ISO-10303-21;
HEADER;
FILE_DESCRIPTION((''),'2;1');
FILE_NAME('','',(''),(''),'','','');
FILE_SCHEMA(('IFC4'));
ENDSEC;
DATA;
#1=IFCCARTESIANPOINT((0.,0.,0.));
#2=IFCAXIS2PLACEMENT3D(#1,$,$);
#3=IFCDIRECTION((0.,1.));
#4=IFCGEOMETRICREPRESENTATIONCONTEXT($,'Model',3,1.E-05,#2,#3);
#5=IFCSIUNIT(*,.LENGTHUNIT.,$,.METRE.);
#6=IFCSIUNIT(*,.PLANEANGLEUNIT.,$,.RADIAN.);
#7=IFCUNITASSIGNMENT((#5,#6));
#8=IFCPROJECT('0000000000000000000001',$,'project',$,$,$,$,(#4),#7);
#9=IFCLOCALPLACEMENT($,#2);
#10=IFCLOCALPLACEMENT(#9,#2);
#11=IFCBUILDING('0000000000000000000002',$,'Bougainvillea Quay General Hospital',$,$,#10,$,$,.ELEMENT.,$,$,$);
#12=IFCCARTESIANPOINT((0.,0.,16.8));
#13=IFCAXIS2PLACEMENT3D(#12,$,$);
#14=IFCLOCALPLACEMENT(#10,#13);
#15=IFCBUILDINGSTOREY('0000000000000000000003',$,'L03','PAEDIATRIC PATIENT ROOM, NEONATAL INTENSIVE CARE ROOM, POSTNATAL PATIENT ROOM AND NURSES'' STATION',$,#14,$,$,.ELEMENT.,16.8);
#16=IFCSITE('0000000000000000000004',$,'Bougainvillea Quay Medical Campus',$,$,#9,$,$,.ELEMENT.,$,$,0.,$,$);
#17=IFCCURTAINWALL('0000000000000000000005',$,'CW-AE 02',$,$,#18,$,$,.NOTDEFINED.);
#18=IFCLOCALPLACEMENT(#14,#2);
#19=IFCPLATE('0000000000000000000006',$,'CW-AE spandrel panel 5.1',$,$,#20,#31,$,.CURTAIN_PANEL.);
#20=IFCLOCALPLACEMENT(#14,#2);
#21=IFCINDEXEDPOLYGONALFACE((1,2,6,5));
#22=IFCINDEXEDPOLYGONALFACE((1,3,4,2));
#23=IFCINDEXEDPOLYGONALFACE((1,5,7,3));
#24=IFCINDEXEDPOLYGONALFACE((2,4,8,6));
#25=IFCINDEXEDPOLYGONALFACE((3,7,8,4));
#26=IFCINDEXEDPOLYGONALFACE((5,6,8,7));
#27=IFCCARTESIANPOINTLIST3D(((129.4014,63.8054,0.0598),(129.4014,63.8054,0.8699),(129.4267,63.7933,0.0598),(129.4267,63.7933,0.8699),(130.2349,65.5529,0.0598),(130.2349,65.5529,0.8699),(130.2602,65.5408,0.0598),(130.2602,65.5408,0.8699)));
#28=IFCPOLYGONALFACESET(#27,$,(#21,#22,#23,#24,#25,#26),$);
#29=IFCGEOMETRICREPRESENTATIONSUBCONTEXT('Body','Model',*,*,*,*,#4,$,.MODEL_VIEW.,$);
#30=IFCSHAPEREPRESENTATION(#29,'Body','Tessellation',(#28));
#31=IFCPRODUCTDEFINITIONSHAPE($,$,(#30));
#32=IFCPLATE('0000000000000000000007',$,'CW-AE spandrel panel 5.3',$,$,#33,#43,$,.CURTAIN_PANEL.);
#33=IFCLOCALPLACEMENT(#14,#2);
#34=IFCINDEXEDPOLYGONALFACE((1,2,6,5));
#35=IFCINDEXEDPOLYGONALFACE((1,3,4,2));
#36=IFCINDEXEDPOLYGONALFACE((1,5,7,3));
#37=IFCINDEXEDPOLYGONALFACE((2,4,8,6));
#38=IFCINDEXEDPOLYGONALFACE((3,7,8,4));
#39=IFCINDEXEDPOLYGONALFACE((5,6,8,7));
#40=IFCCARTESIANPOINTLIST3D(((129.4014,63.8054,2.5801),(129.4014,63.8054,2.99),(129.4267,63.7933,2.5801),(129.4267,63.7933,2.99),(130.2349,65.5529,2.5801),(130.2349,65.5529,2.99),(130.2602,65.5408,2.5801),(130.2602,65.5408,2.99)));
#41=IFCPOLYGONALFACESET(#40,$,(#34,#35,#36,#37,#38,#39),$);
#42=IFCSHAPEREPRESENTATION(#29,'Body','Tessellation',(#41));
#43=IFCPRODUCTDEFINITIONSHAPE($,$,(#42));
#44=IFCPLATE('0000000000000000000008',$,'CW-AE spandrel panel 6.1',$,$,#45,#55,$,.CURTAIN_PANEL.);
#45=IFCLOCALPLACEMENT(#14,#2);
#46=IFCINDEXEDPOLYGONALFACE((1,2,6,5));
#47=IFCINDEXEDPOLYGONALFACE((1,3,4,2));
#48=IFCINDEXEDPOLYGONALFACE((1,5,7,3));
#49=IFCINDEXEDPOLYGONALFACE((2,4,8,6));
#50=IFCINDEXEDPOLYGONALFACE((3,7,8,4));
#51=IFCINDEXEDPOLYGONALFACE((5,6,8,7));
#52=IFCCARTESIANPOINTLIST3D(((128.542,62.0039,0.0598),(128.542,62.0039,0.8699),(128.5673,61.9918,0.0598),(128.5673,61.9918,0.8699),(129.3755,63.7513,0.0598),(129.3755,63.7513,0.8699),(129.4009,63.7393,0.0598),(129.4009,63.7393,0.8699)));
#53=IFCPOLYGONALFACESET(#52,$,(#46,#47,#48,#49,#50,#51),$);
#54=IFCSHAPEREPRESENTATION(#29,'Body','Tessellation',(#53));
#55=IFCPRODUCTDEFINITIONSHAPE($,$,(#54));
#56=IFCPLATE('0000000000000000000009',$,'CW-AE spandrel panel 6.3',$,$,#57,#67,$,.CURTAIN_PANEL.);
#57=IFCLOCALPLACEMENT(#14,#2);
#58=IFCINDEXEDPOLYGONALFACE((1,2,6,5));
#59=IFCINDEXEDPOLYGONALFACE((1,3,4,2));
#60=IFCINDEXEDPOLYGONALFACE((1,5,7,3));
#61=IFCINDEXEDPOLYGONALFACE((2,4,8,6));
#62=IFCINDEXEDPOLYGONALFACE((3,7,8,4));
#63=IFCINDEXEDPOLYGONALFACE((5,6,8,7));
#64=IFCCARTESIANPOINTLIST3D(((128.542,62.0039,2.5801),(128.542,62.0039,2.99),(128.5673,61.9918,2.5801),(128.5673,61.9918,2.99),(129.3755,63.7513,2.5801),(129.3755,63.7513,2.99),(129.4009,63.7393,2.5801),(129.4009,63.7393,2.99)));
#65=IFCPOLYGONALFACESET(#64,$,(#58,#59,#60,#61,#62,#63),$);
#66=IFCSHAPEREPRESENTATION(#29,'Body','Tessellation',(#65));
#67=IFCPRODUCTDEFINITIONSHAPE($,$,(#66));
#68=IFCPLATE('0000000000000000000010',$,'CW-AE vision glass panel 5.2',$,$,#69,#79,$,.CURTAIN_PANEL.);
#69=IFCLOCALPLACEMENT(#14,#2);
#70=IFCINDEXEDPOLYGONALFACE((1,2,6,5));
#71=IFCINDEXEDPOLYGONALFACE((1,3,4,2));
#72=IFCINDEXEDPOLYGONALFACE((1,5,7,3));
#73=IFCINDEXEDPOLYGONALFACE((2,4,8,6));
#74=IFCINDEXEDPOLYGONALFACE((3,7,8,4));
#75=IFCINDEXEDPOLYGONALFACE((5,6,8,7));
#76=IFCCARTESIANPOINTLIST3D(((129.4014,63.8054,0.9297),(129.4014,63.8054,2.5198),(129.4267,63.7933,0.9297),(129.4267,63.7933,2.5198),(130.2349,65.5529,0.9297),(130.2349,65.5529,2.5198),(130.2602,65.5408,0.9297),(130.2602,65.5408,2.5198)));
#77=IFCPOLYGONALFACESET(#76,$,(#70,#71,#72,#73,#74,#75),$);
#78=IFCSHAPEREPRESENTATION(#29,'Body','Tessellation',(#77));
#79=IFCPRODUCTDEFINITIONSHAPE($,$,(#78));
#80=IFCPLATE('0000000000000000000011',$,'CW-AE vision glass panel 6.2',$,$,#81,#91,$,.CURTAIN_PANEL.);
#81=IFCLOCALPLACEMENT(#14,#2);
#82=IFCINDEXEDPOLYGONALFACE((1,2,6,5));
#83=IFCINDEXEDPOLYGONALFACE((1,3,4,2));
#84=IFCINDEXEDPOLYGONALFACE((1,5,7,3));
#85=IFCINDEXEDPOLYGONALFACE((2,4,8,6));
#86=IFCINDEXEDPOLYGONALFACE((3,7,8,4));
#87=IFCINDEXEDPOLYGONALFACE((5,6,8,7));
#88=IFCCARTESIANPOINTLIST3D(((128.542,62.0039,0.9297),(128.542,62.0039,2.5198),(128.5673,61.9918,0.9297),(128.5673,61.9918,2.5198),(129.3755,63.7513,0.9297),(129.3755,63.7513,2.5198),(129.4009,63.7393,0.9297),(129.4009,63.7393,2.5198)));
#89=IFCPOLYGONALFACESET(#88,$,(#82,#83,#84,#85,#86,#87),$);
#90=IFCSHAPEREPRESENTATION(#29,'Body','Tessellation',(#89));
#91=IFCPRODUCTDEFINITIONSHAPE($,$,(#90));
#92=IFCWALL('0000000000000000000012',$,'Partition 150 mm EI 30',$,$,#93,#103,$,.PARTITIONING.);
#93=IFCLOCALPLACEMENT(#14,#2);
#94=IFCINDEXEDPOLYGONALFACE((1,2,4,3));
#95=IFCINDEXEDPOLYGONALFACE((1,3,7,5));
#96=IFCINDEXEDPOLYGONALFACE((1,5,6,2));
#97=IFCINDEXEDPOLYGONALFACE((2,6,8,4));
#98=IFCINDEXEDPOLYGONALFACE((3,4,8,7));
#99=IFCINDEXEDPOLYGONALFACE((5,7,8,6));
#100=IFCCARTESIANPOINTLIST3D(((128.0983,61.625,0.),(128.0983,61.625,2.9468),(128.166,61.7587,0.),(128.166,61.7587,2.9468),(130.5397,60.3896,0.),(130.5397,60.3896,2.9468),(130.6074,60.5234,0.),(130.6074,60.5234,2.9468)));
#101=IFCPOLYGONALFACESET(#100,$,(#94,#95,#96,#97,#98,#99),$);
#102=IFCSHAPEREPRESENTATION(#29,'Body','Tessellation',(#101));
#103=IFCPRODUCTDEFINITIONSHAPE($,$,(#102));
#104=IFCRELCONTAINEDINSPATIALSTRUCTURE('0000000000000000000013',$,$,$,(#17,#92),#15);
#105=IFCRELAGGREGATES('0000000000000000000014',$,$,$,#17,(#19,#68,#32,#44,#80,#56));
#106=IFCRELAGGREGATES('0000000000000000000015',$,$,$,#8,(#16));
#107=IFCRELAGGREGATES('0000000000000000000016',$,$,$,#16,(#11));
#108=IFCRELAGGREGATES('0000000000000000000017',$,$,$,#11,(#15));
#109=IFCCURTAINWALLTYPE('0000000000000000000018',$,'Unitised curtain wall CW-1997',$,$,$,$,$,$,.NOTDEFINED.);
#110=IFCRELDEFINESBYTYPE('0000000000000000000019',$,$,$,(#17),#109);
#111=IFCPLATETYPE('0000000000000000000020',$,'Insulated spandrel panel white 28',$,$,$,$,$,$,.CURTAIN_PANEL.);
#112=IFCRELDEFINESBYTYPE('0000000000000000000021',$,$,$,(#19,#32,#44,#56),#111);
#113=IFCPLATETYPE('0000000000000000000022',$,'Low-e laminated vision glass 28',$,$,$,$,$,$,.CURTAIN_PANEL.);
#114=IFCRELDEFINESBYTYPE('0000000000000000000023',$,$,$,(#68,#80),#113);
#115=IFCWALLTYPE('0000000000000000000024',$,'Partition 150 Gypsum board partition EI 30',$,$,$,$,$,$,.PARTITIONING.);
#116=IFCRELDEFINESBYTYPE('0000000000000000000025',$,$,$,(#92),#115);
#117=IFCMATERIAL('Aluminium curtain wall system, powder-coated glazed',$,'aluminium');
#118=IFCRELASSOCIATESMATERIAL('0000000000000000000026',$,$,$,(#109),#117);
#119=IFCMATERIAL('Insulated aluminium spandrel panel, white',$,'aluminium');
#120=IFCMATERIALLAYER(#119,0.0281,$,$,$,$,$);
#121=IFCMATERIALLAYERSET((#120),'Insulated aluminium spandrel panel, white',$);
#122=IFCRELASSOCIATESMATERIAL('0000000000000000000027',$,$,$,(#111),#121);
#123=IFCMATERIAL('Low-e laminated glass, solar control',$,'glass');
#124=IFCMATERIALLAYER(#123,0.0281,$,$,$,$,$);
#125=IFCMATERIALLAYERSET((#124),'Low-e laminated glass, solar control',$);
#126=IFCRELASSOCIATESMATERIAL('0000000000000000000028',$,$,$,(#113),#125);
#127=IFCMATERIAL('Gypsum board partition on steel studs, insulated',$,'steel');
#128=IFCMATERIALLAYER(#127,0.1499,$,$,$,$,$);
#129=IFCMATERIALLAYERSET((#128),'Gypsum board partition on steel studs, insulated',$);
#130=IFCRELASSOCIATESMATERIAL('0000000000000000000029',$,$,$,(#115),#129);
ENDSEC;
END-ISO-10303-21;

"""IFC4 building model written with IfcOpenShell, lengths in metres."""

from ifc_helpers import new_model, si_unit, direction, frame, frame_2d, origin, origin_2d, place, context, subcontext, project, spatial, rectangle, extrude, material, layer, layer_set, type_object, element, aggregate, save


model = new_model("IFC4")

# Units and contexts
model_context = context("Model", 3, precision=1e-05, world=origin(), true_north=direction((0.0, 1.0)))
body_context = subcontext(model_context, "Body", "Model", "MODEL_VIEW")
ifc_project = project(units=[si_unit("LENGTHUNIT", "METRE"), si_unit("PLANEANGLEUNIT", "RADIAN")], contexts=[model_context])

# Site, building, storey
site_placement = place(None, origin())
site = spatial("IfcSite", under=ifc_project, at=site_placement, Name="Bougainvillea Quay Medical Campus", CompositionType="ELEMENT", RefElevation=0.0)
building_placement = place(site_placement, origin())
building = spatial("IfcBuilding", under=site, at=building_placement, Name="Bougainvillea Quay General Hospital", CompositionType="ELEMENT")
storey_placement = place(building_placement, frame((0.0, 0.0, 16.8)))
storey = spatial("IfcBuildingStorey", under=building, at=storey_placement, Name="L03", Description="PAEDIATRIC PATIENT ROOM, NEONATAL INTENSIVE CARE ROOM, POSTNATAL PATIENT ROOM AND NURSES' STATION", CompositionType="ELEMENT", Elevation=16.8)

# Curtain wall
ifc_material_1 = material(Name="Aluminium curtain wall system, powder-coated glazed", Category="aluminium")
curtain_wall_type = type_object("IfcCurtainWallType", Name="Unitised curtain wall CW-1997", PredefinedType="NOTDEFINED", material=ifc_material_1)
curtain_wall_placement = place(storey_placement, origin())
curtain_wall = element("IfcCurtainWall", 1, at=curtain_wall_placement, inside=storey, type_object=curtain_wall_type, Name="CW-AE 02", PredefinedType="NOTDEFINED")

# Plates
ifc_material_2 = material(Name="Insulated aluminium spandrel panel, white", Category="aluminium")
ifc_layer_1 = layer(ifc_material_2, 0.0281)
ifc_layer_set_1 = layer_set([ifc_layer_1], Name="Insulated aluminium spandrel panel, white")
plate_type_1 = type_object("IfcPlateType", Name="Insulated spandrel panel white 28", PredefinedType="CURTAIN_PANEL", material=ifc_layer_set_1)
plate_1_placement = place(storey_placement, frame((129.8308, 64.6731, 0.0598), z_axis=(0.0, 0.0, 1.0), x_axis=(-0.430525, -0.902578, 0.0)))
plate_1 = element("IfcPlate", 2, at=plate_1_placement, type_object=plate_type_1, Name="CW-AE spandrel panel 5.1", PredefinedType="CURTAIN_PANEL", context=body_context, shape_type="SweptSolid", body=[
    extrude(rectangle(XDim=1.936, YDim=0.0281, at=origin_2d()), origin(), (0.0, 0.0, 1.0), 0.8101),
])
plate_2_placement = place(storey_placement, frame((129.8308, 64.6731, 2.5801), z_axis=(0.0, 0.0, 1.0), x_axis=(-0.430525, -0.902578, 0.0)))
plate_2 = element("IfcPlate", 3, at=plate_2_placement, type_object=plate_type_1, Name="CW-AE spandrel panel 5.3", PredefinedType="CURTAIN_PANEL", context=body_context, shape_type="SweptSolid", body=[
    extrude(rectangle(XDim=1.936, YDim=0.0281, at=origin_2d()), origin(), (0.0, 0.0, 1.0), 0.4099),
])
plate_3_placement = place(storey_placement, frame((128.9714, 62.8716, 0.0598), z_axis=(0.0, 0.0, 1.0), x_axis=(-0.430525, -0.902578, 0.0)))
plate_3 = element("IfcPlate", 4, at=plate_3_placement, type_object=plate_type_1, Name="CW-AE spandrel panel 6.1", PredefinedType="CURTAIN_PANEL", context=body_context, shape_type="SweptSolid", body=[
    extrude(rectangle(XDim=1.936, YDim=0.0281, at=origin_2d()), origin(), (0.0, 0.0, 1.0), 0.8101),
])
plate_4_placement = place(storey_placement, frame((128.9714, 62.8716, 2.5801), z_axis=(0.0, 0.0, 1.0), x_axis=(-0.430525, -0.902578, 0.0)))
plate_4 = element("IfcPlate", 5, at=plate_4_placement, type_object=plate_type_1, Name="CW-AE spandrel panel 6.3", PredefinedType="CURTAIN_PANEL", context=body_context, shape_type="SweptSolid", body=[
    extrude(rectangle(XDim=1.936, YDim=0.0281, at=origin_2d()), origin(), (0.0, 0.0, 1.0), 0.4099),
])
ifc_material_3 = material(Name="Low-e laminated glass, solar control", Category="glass")
ifc_layer_2 = layer(ifc_material_3, 0.0281)
ifc_layer_set_2 = layer_set([ifc_layer_2], Name="Low-e laminated glass, solar control")
plate_type_2 = type_object("IfcPlateType", Name="Low-e laminated vision glass 28", PredefinedType="CURTAIN_PANEL", material=ifc_layer_set_2)
plate_5_placement = place(storey_placement, frame((129.8308, 64.6731, 0.9297), z_axis=(0.0, 0.0, 1.0), x_axis=(-0.430525, -0.902578, 0.0)))
plate_5 = element("IfcPlate", 6, at=plate_5_placement, type_object=plate_type_2, Name="CW-AE vision glass panel 5.2", PredefinedType="CURTAIN_PANEL", context=body_context, shape_type="SweptSolid", body=[
    extrude(rectangle(XDim=1.936, YDim=0.0281, at=origin_2d()), origin(), (0.0, 0.0, 1.0), 1.5901),
])
plate_6_placement = place(storey_placement, frame((128.9714, 62.8716, 0.9297), z_axis=(0.0, 0.0, 1.0), x_axis=(-0.430525, -0.902578, 0.0)))
plate_6 = element("IfcPlate", 7, at=plate_6_placement, type_object=plate_type_2, Name="CW-AE vision glass panel 6.2", PredefinedType="CURTAIN_PANEL", context=body_context, shape_type="SweptSolid", body=[
    extrude(rectangle(XDim=1.936, YDim=0.0281, at=origin_2d()), origin(), (0.0, 0.0, 1.0), 1.5901),
])
aggregate(curtain_wall, [plate_1, plate_5, plate_2, plate_3, plate_6, plate_4])

# Wall
ifc_material_4 = material(Name="Gypsum board partition on steel studs, insulated", Category="steel")
ifc_layer_3 = layer(ifc_material_4, 0.1499)
ifc_layer_set_3 = layer_set([ifc_layer_3], Name="Gypsum board partition on steel studs, insulated")
wall_type = type_object("IfcWallType", Name="Partition 150 Gypsum board partition EI 30", PredefinedType="PARTITIONING", material=ifc_layer_set_3)
wall_placement = place(storey_placement, frame((128.1321, 61.6919, 0.0), z_axis=(0.0, 0.0, 1.0), x_axis=(0.892275, -0.451491, 0.0)))
element("IfcWall", 8, at=wall_placement, inside=storey, type_object=wall_type, Name="Partition 150 mm EI 30", PredefinedType="PARTITIONING", context=body_context, shape_type="SweptSolid", body=[
    extrude(rectangle(XDim=2.7361, YDim=0.1499, at=frame_2d((1.3682, 0.0))), origin(), (0.0, 0.0, 1.0), 2.9468),
])

save(model, "model.ifc")
